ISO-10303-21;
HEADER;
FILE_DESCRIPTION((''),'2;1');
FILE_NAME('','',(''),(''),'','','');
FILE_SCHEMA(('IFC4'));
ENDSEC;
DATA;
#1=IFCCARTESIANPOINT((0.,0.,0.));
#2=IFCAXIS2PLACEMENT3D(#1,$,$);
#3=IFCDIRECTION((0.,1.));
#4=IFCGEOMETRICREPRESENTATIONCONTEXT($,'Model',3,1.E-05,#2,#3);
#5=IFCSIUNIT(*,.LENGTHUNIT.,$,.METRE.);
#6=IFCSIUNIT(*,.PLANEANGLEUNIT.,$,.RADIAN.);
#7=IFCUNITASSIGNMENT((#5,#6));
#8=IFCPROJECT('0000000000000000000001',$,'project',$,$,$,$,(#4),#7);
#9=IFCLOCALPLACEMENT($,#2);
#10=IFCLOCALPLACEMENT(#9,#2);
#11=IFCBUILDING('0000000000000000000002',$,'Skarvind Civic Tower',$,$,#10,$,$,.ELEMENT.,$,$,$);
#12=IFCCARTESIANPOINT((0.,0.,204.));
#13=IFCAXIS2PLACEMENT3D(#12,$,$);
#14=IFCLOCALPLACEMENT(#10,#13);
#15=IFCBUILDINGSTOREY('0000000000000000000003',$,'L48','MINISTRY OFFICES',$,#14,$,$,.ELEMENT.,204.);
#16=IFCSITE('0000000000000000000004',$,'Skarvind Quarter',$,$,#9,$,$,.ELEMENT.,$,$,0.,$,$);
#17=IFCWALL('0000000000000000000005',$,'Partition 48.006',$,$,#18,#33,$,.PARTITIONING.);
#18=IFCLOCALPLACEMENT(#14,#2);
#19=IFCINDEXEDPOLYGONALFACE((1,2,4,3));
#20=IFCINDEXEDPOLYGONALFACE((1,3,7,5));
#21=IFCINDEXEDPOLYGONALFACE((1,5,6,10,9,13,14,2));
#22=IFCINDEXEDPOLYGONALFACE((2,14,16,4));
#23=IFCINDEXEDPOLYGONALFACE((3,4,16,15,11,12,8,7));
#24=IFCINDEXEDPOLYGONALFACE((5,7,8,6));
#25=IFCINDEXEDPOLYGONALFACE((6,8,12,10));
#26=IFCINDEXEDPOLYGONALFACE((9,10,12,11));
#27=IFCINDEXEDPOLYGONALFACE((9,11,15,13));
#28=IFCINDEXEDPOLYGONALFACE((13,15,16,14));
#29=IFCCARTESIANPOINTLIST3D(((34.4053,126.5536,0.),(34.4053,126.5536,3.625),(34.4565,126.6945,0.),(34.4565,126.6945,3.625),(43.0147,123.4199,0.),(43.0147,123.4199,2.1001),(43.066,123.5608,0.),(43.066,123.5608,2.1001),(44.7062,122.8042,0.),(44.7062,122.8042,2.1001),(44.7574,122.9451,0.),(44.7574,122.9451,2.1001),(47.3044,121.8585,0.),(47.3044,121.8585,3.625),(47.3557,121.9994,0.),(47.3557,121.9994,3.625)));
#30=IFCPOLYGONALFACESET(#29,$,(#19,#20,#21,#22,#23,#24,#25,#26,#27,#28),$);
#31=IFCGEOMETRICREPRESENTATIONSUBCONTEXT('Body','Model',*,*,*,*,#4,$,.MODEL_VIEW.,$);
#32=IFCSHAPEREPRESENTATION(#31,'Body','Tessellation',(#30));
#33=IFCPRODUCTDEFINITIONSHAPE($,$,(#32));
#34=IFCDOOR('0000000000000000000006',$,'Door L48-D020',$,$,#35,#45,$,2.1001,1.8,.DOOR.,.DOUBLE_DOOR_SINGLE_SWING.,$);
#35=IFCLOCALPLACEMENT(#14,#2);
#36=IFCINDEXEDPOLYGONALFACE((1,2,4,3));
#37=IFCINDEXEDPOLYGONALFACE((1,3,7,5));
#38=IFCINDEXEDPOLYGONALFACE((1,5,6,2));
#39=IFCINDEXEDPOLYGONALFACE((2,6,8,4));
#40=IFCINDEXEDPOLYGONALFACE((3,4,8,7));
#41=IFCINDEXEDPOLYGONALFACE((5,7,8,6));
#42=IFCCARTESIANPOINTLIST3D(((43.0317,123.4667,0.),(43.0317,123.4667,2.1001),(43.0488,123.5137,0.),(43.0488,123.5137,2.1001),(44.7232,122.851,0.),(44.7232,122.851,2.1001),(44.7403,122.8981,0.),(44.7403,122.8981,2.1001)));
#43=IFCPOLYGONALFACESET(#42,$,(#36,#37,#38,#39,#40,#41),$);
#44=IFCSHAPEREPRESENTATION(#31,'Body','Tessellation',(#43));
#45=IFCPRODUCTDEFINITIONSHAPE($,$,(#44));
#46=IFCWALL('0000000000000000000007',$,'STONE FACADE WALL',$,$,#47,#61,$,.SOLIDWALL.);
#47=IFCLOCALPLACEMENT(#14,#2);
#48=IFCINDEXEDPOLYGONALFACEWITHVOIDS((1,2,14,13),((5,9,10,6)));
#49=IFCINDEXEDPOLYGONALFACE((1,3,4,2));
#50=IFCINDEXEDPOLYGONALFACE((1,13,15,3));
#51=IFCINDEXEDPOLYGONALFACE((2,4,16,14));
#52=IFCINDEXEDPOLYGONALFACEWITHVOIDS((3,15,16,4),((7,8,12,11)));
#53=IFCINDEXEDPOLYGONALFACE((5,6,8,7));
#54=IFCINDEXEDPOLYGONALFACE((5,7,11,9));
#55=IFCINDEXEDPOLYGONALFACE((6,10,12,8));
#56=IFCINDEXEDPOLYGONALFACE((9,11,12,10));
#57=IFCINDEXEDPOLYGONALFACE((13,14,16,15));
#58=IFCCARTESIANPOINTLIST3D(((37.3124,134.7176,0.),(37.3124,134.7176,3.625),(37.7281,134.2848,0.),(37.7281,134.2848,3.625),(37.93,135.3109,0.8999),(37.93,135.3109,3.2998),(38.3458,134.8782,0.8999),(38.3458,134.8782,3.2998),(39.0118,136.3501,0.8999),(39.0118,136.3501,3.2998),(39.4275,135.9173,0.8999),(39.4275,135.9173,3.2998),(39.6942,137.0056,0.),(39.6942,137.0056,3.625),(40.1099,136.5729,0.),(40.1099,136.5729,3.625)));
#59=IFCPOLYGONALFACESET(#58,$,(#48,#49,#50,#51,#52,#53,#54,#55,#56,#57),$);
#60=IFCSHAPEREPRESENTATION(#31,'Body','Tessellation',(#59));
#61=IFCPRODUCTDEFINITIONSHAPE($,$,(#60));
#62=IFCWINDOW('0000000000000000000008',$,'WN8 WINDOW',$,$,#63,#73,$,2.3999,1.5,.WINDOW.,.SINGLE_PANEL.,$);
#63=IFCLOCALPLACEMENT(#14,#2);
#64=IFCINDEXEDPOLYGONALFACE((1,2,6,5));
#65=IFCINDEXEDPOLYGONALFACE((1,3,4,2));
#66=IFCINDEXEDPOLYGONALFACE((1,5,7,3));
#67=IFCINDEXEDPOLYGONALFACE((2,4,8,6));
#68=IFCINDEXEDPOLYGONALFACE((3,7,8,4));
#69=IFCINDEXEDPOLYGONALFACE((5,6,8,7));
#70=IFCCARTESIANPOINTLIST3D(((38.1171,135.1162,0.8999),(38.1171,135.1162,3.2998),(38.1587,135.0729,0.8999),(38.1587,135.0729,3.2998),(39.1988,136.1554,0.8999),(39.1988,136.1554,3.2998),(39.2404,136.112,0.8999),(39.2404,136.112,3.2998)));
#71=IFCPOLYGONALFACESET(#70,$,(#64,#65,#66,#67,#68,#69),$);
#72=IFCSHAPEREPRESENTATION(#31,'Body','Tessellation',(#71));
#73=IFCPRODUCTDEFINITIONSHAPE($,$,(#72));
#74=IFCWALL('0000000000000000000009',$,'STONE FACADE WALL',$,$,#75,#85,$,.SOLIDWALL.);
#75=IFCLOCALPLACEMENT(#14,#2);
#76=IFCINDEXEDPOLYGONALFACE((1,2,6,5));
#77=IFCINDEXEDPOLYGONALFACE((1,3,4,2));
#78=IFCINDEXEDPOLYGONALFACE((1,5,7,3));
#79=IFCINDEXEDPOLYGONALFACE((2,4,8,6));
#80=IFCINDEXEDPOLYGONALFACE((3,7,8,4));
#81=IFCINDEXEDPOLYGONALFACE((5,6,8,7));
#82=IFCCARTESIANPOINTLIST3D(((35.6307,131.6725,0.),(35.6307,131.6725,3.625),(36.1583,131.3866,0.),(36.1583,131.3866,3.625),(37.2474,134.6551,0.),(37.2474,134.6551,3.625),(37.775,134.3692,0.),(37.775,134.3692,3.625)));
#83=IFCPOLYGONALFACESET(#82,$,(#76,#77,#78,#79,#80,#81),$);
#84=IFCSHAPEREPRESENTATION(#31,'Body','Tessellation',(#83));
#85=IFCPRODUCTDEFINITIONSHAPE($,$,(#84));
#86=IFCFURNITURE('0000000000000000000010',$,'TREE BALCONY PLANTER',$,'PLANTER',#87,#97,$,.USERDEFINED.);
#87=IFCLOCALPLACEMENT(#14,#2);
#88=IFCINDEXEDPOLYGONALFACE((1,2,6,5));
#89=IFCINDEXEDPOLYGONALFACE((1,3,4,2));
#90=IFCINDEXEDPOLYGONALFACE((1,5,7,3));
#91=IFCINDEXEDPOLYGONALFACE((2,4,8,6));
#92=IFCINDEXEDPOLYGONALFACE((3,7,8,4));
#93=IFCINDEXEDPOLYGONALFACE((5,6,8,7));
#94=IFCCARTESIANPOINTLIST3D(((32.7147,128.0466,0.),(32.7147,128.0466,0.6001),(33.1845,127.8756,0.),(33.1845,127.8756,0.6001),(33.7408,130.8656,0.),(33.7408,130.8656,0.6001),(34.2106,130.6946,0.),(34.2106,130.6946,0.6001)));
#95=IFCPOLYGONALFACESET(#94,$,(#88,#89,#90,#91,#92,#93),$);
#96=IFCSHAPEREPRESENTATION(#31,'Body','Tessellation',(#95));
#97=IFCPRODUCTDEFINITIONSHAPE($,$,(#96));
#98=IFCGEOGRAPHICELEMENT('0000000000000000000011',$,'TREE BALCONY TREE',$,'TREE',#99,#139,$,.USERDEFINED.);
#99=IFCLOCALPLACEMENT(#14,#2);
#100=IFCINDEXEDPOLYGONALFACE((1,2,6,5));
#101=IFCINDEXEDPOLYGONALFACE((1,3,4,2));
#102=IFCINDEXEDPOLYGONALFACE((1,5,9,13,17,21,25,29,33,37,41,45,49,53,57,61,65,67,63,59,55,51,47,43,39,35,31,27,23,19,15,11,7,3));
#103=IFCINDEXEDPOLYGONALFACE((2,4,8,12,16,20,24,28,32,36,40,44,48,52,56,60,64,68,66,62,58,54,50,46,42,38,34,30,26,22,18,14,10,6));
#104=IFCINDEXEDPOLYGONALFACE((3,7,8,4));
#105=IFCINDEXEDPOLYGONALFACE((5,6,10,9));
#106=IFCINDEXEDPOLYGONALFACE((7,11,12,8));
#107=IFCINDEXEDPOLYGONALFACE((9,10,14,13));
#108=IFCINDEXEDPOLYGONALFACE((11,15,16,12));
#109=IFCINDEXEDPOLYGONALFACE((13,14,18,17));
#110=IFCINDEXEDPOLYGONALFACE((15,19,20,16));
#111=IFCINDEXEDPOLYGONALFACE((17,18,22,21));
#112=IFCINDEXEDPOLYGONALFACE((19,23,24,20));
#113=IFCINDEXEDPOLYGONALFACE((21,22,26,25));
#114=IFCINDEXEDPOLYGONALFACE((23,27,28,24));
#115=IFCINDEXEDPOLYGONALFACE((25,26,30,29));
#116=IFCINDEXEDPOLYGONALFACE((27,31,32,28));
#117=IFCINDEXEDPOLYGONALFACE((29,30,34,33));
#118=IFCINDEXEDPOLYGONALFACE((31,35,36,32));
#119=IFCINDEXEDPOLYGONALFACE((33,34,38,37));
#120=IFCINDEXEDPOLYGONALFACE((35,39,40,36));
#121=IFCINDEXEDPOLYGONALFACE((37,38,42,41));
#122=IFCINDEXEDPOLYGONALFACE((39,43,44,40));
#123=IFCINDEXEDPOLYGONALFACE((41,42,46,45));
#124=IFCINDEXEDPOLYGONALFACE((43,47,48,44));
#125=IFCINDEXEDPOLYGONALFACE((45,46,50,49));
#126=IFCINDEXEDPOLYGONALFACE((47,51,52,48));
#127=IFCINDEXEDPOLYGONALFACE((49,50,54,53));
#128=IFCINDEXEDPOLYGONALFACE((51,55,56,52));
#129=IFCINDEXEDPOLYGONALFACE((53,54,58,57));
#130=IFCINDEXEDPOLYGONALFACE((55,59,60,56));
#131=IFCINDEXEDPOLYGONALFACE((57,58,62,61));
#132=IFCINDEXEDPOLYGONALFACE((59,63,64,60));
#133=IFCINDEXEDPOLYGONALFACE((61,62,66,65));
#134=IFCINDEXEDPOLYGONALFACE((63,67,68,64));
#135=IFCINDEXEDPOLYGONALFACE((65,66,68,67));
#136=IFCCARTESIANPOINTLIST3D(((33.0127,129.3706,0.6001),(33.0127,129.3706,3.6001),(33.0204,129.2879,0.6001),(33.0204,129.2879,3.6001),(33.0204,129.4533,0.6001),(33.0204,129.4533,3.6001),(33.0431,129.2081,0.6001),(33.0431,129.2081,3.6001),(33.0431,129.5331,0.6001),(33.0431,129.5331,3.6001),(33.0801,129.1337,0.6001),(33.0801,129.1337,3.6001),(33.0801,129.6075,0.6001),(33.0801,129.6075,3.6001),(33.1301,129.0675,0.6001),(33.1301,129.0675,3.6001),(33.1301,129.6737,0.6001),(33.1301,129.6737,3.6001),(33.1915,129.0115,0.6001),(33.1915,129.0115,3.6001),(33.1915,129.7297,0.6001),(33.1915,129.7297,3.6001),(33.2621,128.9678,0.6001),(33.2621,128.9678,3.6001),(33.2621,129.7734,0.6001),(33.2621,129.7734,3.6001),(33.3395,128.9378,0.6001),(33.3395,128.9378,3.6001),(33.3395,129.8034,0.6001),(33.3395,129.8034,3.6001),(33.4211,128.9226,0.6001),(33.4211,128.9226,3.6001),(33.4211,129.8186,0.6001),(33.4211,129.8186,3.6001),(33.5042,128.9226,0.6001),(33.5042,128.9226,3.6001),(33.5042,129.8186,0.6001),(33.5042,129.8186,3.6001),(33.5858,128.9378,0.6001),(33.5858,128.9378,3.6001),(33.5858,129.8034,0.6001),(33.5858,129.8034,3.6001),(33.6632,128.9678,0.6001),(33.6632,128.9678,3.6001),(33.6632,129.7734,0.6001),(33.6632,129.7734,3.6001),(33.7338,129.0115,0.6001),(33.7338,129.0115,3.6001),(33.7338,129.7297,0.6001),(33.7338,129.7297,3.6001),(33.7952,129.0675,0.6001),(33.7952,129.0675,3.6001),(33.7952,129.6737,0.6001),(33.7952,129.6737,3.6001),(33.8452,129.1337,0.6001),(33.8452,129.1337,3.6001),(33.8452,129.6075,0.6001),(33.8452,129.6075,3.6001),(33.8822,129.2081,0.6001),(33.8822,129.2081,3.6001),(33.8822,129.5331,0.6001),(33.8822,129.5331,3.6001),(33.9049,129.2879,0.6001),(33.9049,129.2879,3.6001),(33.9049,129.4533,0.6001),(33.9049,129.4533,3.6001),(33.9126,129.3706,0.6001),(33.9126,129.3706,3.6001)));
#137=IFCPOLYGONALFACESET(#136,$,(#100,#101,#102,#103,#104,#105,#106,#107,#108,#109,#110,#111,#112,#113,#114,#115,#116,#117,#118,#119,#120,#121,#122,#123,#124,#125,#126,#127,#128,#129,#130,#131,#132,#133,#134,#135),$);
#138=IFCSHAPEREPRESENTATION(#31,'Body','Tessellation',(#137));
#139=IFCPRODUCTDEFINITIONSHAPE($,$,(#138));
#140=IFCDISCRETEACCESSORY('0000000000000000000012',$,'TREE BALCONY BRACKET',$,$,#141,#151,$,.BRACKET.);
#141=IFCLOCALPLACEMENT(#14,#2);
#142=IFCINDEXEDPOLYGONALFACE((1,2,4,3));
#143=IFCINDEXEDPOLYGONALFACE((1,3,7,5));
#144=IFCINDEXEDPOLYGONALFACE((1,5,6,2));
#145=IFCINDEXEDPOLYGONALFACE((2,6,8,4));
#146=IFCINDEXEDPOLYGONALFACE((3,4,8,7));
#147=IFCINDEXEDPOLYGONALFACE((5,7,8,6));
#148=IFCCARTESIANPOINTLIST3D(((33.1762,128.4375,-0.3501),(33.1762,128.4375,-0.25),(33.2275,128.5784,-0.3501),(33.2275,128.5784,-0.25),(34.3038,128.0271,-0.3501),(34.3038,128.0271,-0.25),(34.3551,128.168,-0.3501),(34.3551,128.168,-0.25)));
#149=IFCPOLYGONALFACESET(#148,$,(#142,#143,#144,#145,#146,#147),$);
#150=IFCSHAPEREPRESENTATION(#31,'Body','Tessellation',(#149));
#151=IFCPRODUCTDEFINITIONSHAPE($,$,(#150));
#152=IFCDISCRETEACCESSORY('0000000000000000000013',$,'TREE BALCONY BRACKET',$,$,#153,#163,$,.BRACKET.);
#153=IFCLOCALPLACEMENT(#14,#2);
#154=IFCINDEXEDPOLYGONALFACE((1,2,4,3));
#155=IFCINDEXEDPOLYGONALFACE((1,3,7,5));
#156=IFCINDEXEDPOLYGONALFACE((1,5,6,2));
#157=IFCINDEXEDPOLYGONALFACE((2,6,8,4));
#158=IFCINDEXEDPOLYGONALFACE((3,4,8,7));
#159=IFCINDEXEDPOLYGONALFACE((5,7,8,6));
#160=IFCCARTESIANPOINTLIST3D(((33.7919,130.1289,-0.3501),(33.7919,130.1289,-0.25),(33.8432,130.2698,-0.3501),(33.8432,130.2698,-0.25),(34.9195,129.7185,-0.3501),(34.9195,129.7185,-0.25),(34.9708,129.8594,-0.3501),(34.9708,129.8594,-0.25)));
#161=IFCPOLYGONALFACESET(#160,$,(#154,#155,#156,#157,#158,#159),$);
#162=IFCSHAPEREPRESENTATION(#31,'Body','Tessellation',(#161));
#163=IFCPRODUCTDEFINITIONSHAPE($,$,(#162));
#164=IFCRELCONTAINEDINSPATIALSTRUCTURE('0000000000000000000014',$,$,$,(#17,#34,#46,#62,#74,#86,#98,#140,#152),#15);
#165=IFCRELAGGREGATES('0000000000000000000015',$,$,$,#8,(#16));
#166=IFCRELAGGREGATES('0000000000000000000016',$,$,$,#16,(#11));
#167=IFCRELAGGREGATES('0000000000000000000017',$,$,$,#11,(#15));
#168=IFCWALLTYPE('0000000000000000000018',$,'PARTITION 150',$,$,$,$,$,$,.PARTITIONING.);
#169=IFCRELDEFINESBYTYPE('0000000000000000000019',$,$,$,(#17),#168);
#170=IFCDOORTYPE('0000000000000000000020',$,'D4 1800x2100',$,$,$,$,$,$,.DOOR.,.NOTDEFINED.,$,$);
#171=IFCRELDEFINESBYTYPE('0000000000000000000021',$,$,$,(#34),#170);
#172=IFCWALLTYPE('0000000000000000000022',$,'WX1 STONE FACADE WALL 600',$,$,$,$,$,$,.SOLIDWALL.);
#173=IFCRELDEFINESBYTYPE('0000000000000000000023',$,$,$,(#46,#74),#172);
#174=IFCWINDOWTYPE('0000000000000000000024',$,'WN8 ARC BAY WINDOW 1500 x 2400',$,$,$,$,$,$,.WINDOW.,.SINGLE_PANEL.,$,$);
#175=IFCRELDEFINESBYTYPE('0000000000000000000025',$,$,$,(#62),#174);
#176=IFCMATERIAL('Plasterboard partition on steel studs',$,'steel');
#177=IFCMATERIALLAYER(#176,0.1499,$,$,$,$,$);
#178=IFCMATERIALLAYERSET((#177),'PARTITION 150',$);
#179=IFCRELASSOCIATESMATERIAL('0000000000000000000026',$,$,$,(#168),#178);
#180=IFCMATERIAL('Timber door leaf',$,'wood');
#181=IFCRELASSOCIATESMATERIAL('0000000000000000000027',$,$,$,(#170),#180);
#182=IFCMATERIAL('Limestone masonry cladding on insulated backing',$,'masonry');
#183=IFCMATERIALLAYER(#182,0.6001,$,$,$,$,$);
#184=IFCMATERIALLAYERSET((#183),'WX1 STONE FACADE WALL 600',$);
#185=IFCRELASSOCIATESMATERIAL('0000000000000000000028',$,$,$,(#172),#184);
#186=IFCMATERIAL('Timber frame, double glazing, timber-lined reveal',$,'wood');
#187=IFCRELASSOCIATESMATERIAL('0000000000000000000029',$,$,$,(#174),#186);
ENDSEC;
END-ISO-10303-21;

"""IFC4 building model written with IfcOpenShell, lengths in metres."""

from ifc_helpers import new_model, si_unit, direction, frame, frame_2d, origin, origin_2d, place, context, subcontext, project, spatial, rectangle, circle, extrude, material, layer, layer_set, type_object, element, fill, save


model = new_model("IFC4")

# Units and contexts
model_context = context("Model", 3, precision=1e-05, world=origin(), true_north=direction((0.0, 1.0)))
body_context = subcontext(model_context, "Body", "Model", "MODEL_VIEW")
ifc_project = project(units=[si_unit("LENGTHUNIT", "METRE"), si_unit("PLANEANGLEUNIT", "RADIAN")], contexts=[model_context])

# Site, building, storey
site_placement = place(None, origin())
site = spatial("IfcSite", under=ifc_project, at=site_placement, Name="Skarvind Quarter", CompositionType="ELEMENT", RefElevation=0.0)
building_placement = place(site_placement, origin())
building = spatial("IfcBuilding", under=site, at=building_placement, Name="Skarvind Civic Tower", CompositionType="ELEMENT")
storey_placement = place(building_placement, frame((0.0, 0.0, 204.0)))
storey = spatial("IfcBuildingStorey", under=building, at=storey_placement, Name="L48", Description="MINISTRY OFFICES", CompositionType="ELEMENT", Elevation=204.0)

# Shared definitions
ifc_material_1 = material(Name="Plasterboard partition on steel studs", Category="steel")
ifc_layer_1 = layer(ifc_material_1, 0.1499)
ifc_layer_set_1 = layer_set([ifc_layer_1], Name="PARTITION 150")
wall_type_1 = type_object("IfcWallType", Name="PARTITION 150", PredefinedType="PARTITIONING", material=ifc_layer_set_1)

# Shared definitions
ifc_material_2 = material(Name="Timber door leaf", Category="wood")

# Wall, opening, door
wall_1_placement = place(storey_placement, frame((34.4309, 126.624, 0.0), z_axis=(0.0, 0.0, 1.0), x_axis=(0.939689, -0.34203, 0.0)))
wall_1 = element("IfcWall", 1, at=wall_1_placement, inside=storey, type_object=wall_type_1, Name="Partition 48.006", PredefinedType="PARTITIONING", context=body_context, shape_type="SweptSolid", body=[
    extrude(rectangle(XDim=13.7271, YDim=0.1499, at=frame_2d((6.8635, 0.0))), origin(), (0.0, 0.0, 1.0), 3.625),
])
opening_1_placement = place(wall_1_placement, frame((9.1621, 0.0, 0.0)))
opening_1 = element("IfcOpeningElement", 2, at=opening_1_placement, cuts=wall_1, PredefinedType="OPENING", context=body_context, shape_type="SweptSolid", body=[
    extrude(rectangle(XDim=1.8, YDim=2.1001, at=frame_2d((0.8999, 1.05))), frame((0.0, 0.085, 0.0), z_axis=(0.0, -1.0, 0.0), x_axis=(1.0, 0.0, 0.0)), (0.0, 0.0, 1.0), 0.1699),
])
door_type_1 = type_object("IfcDoorType", Name="D4 1800x2100", OperationType="NOTDEFINED", PredefinedType="DOOR", material=ifc_material_2)
door_1_placement = place(opening_1_placement, origin())
door_1 = element("IfcDoor", 3, at=door_1_placement, inside=storey, type_object=door_type_1, Name="Door L48-D020", OperationType="DOUBLE_DOOR_SINGLE_SWING", OverallHeight=2.1001, OverallWidth=1.8, PredefinedType="DOOR", context=body_context, shape_type="SweptSolid", body=[
    extrude(rectangle(XDim=1.8, YDim=2.1001, at=frame_2d((0.8999, 1.05))), frame((0.0, 0.0249, 0.0), z_axis=(0.0, -1.0, 0.0), x_axis=(1.0, 0.0, 0.0)), (0.0, 0.0, 1.0), 0.05),
])
fill(opening_1, door_1)

# Wall, opening, window
ifc_material_3 = material(Name="Limestone masonry cladding on insulated backing", Category="masonry")
ifc_layer_2 = layer(ifc_material_3, 0.6001)
ifc_layer_set_2 = layer_set([ifc_layer_2], Name="WX1 STONE FACADE WALL 600")
wall_type_2 = type_object("IfcWallType", Name="WX1 STONE FACADE WALL 600", PredefinedType="SOLIDWALL", material=ifc_layer_set_2)
wall_2_placement = place(storey_placement, frame((37.5203, 134.5012, 0.0), z_axis=(0.0, 0.0, 1.0), x_axis=(0.721157, 0.692772, 0.0)))
wall_2 = element("IfcWall", 4, at=wall_2_placement, inside=storey, type_object=wall_type_2, Name="STONE FACADE WALL", PredefinedType="SOLIDWALL", context=body_context, shape_type="SweptSolid", body=[
    extrude(rectangle(XDim=3.3027, YDim=0.6001, at=frame_2d((1.6514, 0.0))), origin(), (0.0, 0.0, 1.0), 3.625),
])
opening_2_placement = place(wall_2_placement, frame((0.8564, 0.0, 0.8999)))
opening_2 = element("IfcOpeningElement", 5, at=opening_2_placement, cuts=wall_2, PredefinedType="OPENING", context=body_context, shape_type="SweptSolid", body=[
    extrude(rectangle(XDim=1.5, YDim=2.3999, at=frame_2d((0.75, 1.2))), frame((0.0, 0.3101, 0.0), z_axis=(0.0, -1.0, 0.0), x_axis=(1.0, 0.0, 0.0)), (0.0, 0.0, 1.0), 0.6201),
])
ifc_material_4 = material(Name="Timber frame, double glazing, timber-lined reveal", Category="wood")
window_type = type_object("IfcWindowType", Name="WN8 ARC BAY WINDOW 1500 x 2400", PartitioningType="SINGLE_PANEL", PredefinedType="WINDOW", material=ifc_material_4)
window_placement = place(opening_2_placement, origin())
window = element("IfcWindow", 6, at=window_placement, inside=storey, type_object=window_type, Name="WN8 WINDOW", OverallHeight=2.3999, OverallWidth=1.5, PartitioningType="SINGLE_PANEL", PredefinedType="WINDOW", context=body_context, shape_type="SweptSolid", body=[
    extrude(rectangle(XDim=1.5, YDim=2.3999, at=frame_2d((0.75, 1.2))), frame((0.0, 0.03, 0.0), z_axis=(0.0, -1.0, 0.0), x_axis=(1.0, 0.0, 0.0)), (0.0, 0.0, 1.0), 0.0601),
])
fill(opening_2, window)

# Wall
wall_3_placement = place(storey_placement, frame((35.8945, 131.5295, 0.0), z_axis=(0.0, 0.0, 1.0), x_axis=(0.476531, 0.879158, 0.0)))
element("IfcWall", 7, at=wall_3_placement, inside=storey, type_object=wall_type_2, Name="STONE FACADE WALL", PredefinedType="SOLIDWALL", context=body_context, shape_type="SweptSolid", body=[
    extrude(rectangle(XDim=3.3926, YDim=0.6001, at=frame_2d((1.6963, 0.0))), origin(), (0.0, 0.0, 1.0), 3.625),
])

# Furniture
furniture_placement = place(storey_placement, frame((33.4626, 129.3706, 0.0), z_axis=(0.0, 0.0, 1.0), x_axis=(0.34202, 0.939693, 0.0)))
element("IfcFurniture", 8, at=furniture_placement, inside=storey, Name="TREE BALCONY PLANTER", ObjectType="PLANTER", PredefinedType="USERDEFINED", context=body_context, shape_type="SweptSolid", body=[
    extrude(rectangle(XDim=3.0, YDim=0.5, at=origin_2d()), origin(), (0.0, 0.0, 1.0), 0.6001),
])

# Geographic element
geographic_element_placement = place(storey_placement, frame((33.4626, 129.3706, 0.6001), z_axis=(0.0, 0.0, 1.0), x_axis=(1.0, 0.0, 0.0)))
element("IfcGeographicElement", 9, at=geographic_element_placement, inside=storey, Name="TREE BALCONY TREE", ObjectType="TREE", PredefinedType="USERDEFINED", context=body_context, shape_type="SweptSolid", body=[
    extrude(circle(Radius=0.45, at=origin_2d()), origin(), (0.0, 0.0, 1.0), 3.0),
])

# Discrete accessories
for number, where, z_axis, x_axis, name in (
    (10, (33.7656, 128.3027, -0.3501), (0.0, 0.0, 1.0), (0.34202, 0.939693, 0.0), "TREE BALCONY BRACKET"),
    (11, (34.3813, 129.9941, -0.3501), (0.0, 0.0, 1.0), (0.34202, 0.939693, 0.0), "TREE BALCONY BRACKET"),
):
    element("IfcDiscreteAccessory", number, at=place(storey_placement, frame(where, z_axis=z_axis, x_axis=x_axis)), inside=storey, Name=name, PredefinedType="BRACKET", context=body_context, shape_type="SweptSolid", body=[
        extrude(rectangle(XDim=0.1499, YDim=1.2, at=origin_2d()), origin(), (0.0, 0.0, 1.0), 0.1001),
    ])

save(model, "model.ifc")
